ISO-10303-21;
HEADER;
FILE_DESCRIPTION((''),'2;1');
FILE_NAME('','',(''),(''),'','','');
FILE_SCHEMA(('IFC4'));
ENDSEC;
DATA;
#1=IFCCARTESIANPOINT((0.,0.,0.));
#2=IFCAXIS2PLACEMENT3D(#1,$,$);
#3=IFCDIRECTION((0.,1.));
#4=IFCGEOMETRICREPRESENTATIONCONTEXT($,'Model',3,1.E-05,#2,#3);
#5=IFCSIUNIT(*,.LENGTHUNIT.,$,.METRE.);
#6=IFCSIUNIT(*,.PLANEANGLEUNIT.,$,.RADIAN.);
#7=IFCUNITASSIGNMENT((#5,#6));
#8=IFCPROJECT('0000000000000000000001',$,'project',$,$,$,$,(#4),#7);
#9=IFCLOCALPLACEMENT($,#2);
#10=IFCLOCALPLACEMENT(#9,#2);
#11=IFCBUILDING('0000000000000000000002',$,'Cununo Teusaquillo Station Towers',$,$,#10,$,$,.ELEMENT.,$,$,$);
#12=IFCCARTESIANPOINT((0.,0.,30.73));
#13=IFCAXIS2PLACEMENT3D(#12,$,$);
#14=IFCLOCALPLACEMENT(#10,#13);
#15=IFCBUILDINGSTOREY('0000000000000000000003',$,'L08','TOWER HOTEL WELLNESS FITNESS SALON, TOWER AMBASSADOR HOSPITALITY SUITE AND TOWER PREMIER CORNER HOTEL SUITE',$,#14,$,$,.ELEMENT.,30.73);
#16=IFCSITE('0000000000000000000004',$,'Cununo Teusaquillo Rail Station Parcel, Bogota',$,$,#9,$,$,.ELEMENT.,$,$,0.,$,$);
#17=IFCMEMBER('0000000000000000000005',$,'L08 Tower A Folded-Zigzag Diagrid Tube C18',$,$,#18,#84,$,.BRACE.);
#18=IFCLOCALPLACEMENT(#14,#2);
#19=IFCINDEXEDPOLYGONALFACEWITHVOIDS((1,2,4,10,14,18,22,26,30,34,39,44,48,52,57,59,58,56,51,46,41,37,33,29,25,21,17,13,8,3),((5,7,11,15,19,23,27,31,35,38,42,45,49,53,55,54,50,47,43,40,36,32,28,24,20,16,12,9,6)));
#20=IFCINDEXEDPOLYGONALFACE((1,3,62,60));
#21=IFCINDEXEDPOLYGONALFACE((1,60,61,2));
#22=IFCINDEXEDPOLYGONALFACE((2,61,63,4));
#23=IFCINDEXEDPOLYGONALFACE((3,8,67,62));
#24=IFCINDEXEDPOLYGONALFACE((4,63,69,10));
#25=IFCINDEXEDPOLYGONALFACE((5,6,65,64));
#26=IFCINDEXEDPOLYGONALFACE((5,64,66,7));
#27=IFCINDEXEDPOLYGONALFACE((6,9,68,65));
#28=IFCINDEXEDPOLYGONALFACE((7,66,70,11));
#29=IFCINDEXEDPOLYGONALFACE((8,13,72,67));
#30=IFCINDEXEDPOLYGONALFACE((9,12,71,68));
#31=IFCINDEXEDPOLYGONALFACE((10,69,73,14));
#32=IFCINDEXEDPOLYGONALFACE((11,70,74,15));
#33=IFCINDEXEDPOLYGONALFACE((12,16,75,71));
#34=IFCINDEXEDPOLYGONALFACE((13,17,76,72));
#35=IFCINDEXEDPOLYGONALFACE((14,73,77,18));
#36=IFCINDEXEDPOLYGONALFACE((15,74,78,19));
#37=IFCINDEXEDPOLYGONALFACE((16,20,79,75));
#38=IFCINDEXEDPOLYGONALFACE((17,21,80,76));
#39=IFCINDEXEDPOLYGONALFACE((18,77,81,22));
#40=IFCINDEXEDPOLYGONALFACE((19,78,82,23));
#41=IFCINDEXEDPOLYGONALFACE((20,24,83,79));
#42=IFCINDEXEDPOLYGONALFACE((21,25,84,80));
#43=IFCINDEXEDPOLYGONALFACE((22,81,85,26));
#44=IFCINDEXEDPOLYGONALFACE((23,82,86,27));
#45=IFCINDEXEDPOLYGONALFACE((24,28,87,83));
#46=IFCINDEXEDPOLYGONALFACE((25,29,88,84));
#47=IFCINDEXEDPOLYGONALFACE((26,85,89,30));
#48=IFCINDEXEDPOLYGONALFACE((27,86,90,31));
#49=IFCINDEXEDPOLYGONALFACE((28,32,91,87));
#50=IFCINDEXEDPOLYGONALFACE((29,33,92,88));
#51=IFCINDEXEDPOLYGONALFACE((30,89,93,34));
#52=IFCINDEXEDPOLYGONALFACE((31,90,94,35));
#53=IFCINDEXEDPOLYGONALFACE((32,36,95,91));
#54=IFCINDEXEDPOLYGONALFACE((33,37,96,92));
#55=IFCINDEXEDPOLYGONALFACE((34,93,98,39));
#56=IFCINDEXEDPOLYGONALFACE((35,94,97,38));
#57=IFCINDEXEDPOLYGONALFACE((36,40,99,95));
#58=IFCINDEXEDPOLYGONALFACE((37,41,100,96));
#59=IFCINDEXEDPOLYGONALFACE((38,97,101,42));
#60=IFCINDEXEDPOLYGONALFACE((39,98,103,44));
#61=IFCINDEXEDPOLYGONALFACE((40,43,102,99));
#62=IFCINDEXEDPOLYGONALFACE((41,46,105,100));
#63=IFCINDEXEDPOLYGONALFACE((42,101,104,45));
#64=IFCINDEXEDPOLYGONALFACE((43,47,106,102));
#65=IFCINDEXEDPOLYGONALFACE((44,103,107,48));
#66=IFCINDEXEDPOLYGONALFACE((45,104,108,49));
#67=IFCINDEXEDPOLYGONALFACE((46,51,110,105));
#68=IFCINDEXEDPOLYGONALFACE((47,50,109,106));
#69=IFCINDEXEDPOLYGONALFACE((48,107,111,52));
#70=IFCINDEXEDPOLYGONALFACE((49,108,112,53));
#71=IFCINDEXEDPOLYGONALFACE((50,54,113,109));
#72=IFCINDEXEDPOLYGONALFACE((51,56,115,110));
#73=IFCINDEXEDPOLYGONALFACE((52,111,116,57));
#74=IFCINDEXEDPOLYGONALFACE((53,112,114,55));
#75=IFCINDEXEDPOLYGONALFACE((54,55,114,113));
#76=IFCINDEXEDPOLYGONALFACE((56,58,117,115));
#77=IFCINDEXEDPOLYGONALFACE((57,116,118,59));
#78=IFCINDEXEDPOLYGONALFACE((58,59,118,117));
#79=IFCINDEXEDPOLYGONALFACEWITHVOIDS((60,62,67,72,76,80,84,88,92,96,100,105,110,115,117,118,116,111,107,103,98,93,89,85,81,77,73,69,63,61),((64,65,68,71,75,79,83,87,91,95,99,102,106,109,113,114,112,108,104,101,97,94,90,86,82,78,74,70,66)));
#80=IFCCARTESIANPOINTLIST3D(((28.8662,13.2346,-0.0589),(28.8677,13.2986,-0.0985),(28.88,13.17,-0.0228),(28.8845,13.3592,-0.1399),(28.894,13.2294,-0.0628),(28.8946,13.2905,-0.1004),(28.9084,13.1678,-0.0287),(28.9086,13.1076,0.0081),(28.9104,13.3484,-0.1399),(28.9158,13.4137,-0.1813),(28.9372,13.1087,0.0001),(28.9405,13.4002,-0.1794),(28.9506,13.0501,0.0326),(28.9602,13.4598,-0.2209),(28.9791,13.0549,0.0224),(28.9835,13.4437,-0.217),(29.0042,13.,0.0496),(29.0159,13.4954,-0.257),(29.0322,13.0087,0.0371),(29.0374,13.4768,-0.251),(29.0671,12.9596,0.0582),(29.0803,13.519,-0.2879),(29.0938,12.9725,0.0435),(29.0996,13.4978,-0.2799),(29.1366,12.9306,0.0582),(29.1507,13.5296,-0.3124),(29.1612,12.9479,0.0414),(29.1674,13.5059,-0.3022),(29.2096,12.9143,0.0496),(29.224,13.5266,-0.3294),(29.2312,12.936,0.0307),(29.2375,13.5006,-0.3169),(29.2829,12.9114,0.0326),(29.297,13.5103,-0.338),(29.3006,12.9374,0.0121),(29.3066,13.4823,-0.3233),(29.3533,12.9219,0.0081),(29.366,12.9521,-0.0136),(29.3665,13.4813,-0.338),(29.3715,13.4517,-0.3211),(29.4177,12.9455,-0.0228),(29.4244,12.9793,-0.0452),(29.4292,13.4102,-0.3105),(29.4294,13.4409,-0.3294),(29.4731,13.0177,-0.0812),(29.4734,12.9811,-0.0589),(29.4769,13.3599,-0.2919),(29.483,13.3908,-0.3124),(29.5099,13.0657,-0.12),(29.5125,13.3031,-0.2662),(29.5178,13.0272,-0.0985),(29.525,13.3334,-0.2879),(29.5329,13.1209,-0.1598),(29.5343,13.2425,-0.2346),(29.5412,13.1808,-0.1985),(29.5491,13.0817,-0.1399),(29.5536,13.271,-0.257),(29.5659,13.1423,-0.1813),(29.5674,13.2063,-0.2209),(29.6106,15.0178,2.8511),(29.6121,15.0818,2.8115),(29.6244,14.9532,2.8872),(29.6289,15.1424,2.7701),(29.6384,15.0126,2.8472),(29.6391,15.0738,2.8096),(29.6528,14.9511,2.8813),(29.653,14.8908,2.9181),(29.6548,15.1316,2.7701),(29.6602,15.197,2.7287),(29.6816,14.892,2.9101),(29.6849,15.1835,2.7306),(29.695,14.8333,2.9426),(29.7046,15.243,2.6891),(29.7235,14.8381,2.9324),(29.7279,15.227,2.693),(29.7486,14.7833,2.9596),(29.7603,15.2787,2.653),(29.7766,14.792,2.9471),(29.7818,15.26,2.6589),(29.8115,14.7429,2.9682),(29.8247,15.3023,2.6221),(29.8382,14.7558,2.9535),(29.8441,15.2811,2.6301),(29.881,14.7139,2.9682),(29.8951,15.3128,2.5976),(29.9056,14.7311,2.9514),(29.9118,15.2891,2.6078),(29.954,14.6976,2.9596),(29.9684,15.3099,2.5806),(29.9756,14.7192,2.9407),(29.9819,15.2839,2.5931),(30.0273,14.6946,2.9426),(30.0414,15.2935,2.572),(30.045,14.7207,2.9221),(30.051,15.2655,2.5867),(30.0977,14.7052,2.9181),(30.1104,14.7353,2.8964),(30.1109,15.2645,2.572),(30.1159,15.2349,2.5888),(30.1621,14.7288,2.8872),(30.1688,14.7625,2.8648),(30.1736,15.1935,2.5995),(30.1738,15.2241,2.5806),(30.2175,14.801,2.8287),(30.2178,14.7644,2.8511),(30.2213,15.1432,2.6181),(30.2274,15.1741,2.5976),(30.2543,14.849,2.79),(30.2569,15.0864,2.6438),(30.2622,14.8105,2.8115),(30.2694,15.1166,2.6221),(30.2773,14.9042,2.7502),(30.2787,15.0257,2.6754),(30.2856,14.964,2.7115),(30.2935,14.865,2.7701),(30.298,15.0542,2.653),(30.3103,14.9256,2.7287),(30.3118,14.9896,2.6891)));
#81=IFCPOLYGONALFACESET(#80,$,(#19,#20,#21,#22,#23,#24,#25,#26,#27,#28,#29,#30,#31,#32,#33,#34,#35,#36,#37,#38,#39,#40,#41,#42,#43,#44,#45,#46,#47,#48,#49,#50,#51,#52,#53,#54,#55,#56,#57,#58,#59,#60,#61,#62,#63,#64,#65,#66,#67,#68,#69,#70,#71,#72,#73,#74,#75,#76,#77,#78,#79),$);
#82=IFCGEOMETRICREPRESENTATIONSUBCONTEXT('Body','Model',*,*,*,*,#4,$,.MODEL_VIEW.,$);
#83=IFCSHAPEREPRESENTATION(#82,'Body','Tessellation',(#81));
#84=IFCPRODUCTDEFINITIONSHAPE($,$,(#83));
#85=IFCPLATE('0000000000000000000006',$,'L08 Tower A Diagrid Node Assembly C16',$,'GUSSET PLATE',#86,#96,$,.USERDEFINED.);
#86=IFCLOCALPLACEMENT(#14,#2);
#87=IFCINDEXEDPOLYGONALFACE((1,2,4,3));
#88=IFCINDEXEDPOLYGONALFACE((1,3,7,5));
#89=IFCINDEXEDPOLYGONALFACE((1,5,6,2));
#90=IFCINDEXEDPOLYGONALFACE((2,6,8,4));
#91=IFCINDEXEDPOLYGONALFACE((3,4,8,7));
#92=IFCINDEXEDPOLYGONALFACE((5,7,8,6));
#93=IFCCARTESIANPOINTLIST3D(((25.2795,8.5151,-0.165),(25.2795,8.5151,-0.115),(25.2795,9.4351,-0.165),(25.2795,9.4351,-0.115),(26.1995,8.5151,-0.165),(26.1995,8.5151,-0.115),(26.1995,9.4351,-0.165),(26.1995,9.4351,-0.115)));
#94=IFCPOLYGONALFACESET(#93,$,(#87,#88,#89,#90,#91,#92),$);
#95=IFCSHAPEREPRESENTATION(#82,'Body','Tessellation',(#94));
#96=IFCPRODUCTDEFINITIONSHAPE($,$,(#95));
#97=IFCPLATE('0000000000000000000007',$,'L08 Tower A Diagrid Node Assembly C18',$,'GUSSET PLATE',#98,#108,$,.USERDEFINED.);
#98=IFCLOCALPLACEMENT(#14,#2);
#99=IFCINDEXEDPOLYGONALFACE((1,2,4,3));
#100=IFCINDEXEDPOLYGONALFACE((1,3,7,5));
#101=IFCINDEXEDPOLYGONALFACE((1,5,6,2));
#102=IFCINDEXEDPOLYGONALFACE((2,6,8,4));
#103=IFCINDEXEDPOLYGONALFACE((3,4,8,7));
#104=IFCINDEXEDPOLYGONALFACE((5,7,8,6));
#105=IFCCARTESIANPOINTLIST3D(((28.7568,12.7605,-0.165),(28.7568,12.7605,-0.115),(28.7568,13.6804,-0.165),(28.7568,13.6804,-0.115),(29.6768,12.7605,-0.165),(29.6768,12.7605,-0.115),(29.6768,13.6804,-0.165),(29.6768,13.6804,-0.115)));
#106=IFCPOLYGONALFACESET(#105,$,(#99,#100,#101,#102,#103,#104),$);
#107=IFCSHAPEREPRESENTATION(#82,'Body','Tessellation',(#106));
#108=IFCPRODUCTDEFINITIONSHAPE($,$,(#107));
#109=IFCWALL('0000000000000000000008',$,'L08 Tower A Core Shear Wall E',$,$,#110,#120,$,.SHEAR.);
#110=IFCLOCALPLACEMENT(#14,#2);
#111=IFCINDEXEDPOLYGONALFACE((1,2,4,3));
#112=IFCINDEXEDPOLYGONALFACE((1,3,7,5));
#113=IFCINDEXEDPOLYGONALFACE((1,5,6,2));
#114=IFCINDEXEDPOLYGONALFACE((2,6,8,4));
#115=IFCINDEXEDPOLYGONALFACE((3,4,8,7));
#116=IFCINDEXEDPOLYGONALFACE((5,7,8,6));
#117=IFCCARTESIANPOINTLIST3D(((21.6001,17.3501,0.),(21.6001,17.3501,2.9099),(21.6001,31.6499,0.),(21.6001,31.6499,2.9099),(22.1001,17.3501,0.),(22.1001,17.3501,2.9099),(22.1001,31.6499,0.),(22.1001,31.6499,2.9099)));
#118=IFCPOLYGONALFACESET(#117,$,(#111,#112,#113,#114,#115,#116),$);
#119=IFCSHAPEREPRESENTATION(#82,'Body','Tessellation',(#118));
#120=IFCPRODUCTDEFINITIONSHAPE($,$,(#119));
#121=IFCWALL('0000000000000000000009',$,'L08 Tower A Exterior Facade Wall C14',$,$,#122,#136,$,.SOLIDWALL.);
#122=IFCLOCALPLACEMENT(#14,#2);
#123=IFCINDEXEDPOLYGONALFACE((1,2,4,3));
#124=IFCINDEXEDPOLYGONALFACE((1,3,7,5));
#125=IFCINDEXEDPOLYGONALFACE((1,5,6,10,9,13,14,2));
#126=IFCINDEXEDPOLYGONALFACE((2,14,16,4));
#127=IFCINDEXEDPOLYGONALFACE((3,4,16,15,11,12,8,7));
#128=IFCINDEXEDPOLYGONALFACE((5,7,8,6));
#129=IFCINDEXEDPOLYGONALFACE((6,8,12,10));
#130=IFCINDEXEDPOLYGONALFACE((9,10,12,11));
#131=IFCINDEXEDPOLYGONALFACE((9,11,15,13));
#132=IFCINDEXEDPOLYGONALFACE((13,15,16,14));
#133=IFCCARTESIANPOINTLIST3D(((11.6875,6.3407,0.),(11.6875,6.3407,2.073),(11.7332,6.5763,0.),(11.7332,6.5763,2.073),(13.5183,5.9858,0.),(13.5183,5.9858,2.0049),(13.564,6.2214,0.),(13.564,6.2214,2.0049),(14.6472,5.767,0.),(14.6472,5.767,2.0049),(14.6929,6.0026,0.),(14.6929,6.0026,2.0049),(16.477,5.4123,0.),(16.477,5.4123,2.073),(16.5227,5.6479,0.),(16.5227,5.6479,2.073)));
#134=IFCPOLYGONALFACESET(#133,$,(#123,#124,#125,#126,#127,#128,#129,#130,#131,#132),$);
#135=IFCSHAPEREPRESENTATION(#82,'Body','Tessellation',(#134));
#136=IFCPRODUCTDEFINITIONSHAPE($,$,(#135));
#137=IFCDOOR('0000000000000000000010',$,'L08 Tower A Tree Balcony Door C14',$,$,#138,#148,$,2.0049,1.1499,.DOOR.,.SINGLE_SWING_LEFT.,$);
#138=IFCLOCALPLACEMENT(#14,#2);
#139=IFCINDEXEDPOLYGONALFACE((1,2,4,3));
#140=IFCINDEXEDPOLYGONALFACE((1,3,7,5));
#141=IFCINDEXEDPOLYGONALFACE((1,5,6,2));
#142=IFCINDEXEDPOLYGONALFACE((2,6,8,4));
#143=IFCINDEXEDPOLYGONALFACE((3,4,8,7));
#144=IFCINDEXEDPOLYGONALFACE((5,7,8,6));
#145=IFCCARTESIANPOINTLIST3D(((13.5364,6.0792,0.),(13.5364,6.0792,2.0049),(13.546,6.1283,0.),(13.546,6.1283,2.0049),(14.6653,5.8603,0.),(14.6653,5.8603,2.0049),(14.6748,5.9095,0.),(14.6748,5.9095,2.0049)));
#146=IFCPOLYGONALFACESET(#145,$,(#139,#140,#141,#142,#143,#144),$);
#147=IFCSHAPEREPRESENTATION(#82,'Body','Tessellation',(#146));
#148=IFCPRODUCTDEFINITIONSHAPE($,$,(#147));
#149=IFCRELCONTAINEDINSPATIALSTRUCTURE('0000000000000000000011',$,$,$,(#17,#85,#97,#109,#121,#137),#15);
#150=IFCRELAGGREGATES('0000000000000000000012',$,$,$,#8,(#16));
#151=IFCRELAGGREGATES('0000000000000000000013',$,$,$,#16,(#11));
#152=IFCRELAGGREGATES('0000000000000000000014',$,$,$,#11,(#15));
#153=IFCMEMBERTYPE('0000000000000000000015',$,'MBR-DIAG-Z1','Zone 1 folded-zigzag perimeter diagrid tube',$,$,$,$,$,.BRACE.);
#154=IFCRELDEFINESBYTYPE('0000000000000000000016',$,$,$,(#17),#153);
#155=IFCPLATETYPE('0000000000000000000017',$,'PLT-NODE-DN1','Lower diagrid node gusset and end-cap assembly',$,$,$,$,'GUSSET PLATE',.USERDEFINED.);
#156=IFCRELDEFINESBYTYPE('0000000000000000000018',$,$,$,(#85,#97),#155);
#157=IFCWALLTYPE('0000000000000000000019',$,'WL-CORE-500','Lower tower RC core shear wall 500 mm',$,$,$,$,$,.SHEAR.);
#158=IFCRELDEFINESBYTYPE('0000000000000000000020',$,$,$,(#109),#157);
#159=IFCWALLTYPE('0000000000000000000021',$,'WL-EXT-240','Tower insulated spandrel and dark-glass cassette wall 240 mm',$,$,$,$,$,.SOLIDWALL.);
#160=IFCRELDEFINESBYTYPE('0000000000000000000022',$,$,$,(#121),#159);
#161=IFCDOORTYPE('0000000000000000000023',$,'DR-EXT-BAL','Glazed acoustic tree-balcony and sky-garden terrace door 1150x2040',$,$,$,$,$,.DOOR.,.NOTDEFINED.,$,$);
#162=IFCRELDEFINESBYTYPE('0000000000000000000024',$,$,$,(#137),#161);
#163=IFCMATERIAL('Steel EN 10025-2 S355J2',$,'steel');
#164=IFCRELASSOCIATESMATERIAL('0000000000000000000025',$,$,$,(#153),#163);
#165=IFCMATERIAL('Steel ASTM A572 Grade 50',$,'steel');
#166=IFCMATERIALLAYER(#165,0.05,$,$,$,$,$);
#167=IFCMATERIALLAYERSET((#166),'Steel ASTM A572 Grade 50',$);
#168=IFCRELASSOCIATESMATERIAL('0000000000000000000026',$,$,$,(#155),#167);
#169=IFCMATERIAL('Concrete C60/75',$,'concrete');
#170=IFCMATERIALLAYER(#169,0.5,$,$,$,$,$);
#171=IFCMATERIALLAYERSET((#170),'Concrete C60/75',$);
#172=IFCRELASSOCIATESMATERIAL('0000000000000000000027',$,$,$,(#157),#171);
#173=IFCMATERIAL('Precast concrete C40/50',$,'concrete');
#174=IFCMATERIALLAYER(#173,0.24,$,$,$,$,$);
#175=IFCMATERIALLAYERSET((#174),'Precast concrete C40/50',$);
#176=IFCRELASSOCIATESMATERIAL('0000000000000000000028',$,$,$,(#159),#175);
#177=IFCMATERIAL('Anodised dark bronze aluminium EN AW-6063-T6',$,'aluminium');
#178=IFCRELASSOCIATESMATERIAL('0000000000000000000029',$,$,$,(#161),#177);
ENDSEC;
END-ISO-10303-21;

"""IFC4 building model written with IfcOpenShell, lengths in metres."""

from ifc_helpers import new_model, si_unit, direction, frame, frame_2d, origin, origin_2d, place, context, subcontext, project, spatial, rectangle, hollow_circle, extrude, source, transform, mapped, material, layer, layer_set, material_profile, profile_set, type_object, element, fill, save


model = new_model("IFC4")

# Units and contexts
model_context = context("Model", 3, precision=1e-05, world=origin(), true_north=direction((0.0, 1.0)))
body_context = subcontext(model_context, "Body", "Model", "MODEL_VIEW")
ifc_project = project(units=[si_unit("LENGTHUNIT", "METRE"), si_unit("PLANEANGLEUNIT", "RADIAN")], contexts=[model_context])

# Site, building, storey
site_placement = place(None, origin())
site = spatial("IfcSite", under=ifc_project, at=site_placement, Name="Cununo Teusaquillo Rail Station Parcel, Bogota", CompositionType="ELEMENT", RefElevation=0.0)
building_placement = place(site_placement, origin())
building = spatial("IfcBuilding", under=site, at=building_placement, Name="Cununo Teusaquillo Station Towers", CompositionType="ELEMENT")
storey_placement = place(building_placement, frame((0.0, 0.0, 30.73)))
storey = spatial("IfcBuildingStorey", under=building, at=storey_placement, Name="L08", Description="TOWER HOTEL WELLNESS FITNESS SALON, TOWER AMBASSADOR HOSPITALITY SUITE AND TOWER PREMIER CORNER HOTEL SUITE", CompositionType="ELEMENT", Elevation=30.73)

# Member
ifc_material_1 = material(Name="Steel EN 10025-2 S355J2", Category="steel")
ifc_material_profile_1 = material_profile(ifc_material_1, hollow_circle(Radius=0.3601, WallThickness=0.0281, at=origin_2d()), Name="CHS 720x28")
ifc_profile_set_1 = profile_set([ifc_material_profile_1], Name="Steel EN 10025-2 S355J2")
member_type = type_object("IfcMemberType", Name="MBR-DIAG-Z1", Description="Zone 1 folded-zigzag perimeter diagrid tube", PredefinedType="BRACE", material=ifc_profile_set_1)
member_1_placement = place(storey_placement, frame((29.2168, 13.2205, -0.1399), z_axis=(0.213104, 0.510498, 0.833054), x_axis=(-0.922823, 0.385225, 0.0)))
element("IfcMember", 1, at=member_1_placement, inside=storey, type_object=member_type, Name="L08 Tower A Folded-Zigzag Diagrid Tube C18", PredefinedType="BRACE", context=body_context, shape_type="SweptSolid", body=[
    extrude(hollow_circle(Radius=0.3601, WallThickness=0.0281, at=origin_2d()), origin(), (0.0, 0.0, 1.0), 3.4932),
])

# Plates
ifc_material_2 = material(Name="Steel ASTM A572 Grade 50", Category="steel")
ifc_layer_1 = layer(ifc_material_2, 0.05)
ifc_layer_set_1 = layer_set([ifc_layer_1], Name="Steel ASTM A572 Grade 50")
plate_type = type_object("IfcPlateType", Name="PLT-NODE-DN1", Description="Lower diagrid node gusset and end-cap assembly", ElementType="GUSSET PLATE", PredefinedType="USERDEFINED", material=ifc_layer_set_1)
shared_shape_1 = source(origin(), body_context, "Body", "SweptSolid", [
    extrude(rectangle(XDim=0.9199, YDim=0.9199, at=origin_2d()), origin(), (0.0, 0.0, 1.0), 0.05),
])
for number, where, z_axis, x_axis, name in (
    (2, (25.7395, 8.9751, -0.165), (0.0, 0.0, 1.0), (1.0, 0.0, 0.0), "L08 Tower A Diagrid Node Assembly C16"),
    (3, (29.2168, 13.2205, -0.165), (0.0, 0.0, 1.0), (1.0, 0.0, 0.0), "L08 Tower A Diagrid Node Assembly C18"),
):
    element("IfcPlate", number, at=place(storey_placement, frame(where, z_axis=z_axis, x_axis=x_axis)), inside=storey, type_object=plate_type, Name=name, ObjectType="GUSSET PLATE", PredefinedType="USERDEFINED", context=body_context, shape_type="MappedRepresentation", body=[
        mapped(shared_shape_1, transform((0.0, 0.0, 0.0), x_axis=(1.0, 0.0, 0.0), y_axis=(0.0, 1.0, 0.0), z_axis=(0.0, 0.0, 1.0), scale=1.0)),
    ])

# Wall
ifc_material_3 = material(Name="Concrete C60/75", Category="concrete")
ifc_layer_2 = layer(ifc_material_3, 0.5)
ifc_layer_set_2 = layer_set([ifc_layer_2], Name="Concrete C60/75")
wall_type_1 = type_object("IfcWallType", Name="WL-CORE-500", Description="Lower tower RC core shear wall 500 mm", PredefinedType="SHEAR", material=ifc_layer_set_2)
wall_1_placement = place(storey_placement, frame((21.8501, 17.3501, 0.0), z_axis=(0.0, 0.0, 1.0), x_axis=(0.0, 1.0, 0.0)))
element("IfcWall", 4, at=wall_1_placement, inside=storey, type_object=wall_type_1, Name="L08 Tower A Core Shear Wall E", PredefinedType="SHEAR", context=body_context, shape_type="SweptSolid", body=[
    extrude(rectangle(XDim=14.2998, YDim=0.5, at=frame_2d((7.1499, 0.0))), origin(), (0.0, 0.0, 1.0), 2.9099),
])

# Wall, opening, door
ifc_material_4 = material(Name="Precast concrete C40/50", Category="concrete")
ifc_layer_3 = layer(ifc_material_4, 0.24)
ifc_layer_set_3 = layer_set([ifc_layer_3], Name="Precast concrete C40/50")
wall_type_2 = type_object("IfcWallType", Name="WL-EXT-240", Description="Tower insulated spandrel and dark-glass cassette wall 240 mm", PredefinedType="SOLIDWALL", material=ifc_layer_set_3)
wall_2_placement = place(storey_placement, frame((16.5, 5.53, 0.0), z_axis=(0.0, 0.0, 1.0), x_axis=(-0.981724, 0.19031, 0.0)))
wall_2 = element("IfcWall", 5, at=wall_2_placement, inside=storey, type_object=wall_type_2, Name="L08 Tower A Exterior Facade Wall C14", PredefinedType="SOLIDWALL", context=body_context, shape_type="SweptSolid", body=[
    extrude(rectangle(XDim=4.8787, YDim=0.24, at=frame_2d((2.4395, 0.0))), origin(), (0.0, 0.0, 1.0), 2.073),
])
shared_shape_2 = source(origin(), body_context, "Body", "SweptSolid", [
    extrude(rectangle(XDim=1.1499, YDim=2.0049, at=frame_2d((0.575, 1.0024))), frame((0.0, 0.1299, 0.0), z_axis=(0.0, -1.0, 0.0), x_axis=(1.0, 0.0, 0.0)), (0.0, 0.0, 1.0), 0.26),
])
opening_1_placement = place(wall_2_placement, frame((1.864, 0.0, 0.0)))
opening_1 = element("IfcOpeningElement", 6, at=opening_1_placement, cuts=wall_2, PredefinedType="OPENING", context=body_context, shape_type="MappedRepresentation", body=[
    mapped(shared_shape_2, transform((0.0, 0.0, 0.0), x_axis=(1.0, 0.0, 0.0), y_axis=(0.0, 1.0, 0.0), z_axis=(0.0, 0.0, 1.0), scale=1.0)),
])
ifc_material_5 = material(Name="Anodised dark bronze aluminium EN AW-6063-T6", Category="aluminium")
door_type_1 = type_object("IfcDoorType", Name="DR-EXT-BAL", Description="Glazed acoustic tree-balcony and sky-garden terrace door 1150x2040", OperationType="NOTDEFINED", PredefinedType="DOOR", material=ifc_material_5)
shared_shape_3 = source(origin(), body_context, "Body", "SweptSolid", [
    extrude(rectangle(XDim=1.1499, YDim=2.0049, at=frame_2d((0.575, 1.0024))), frame((0.0, 0.0249, 0.0), z_axis=(0.0, -1.0, 0.0), x_axis=(1.0, 0.0, 0.0)), (0.0, 0.0, 1.0), 0.05),
])
door_1_placement = place(opening_1_placement, origin())
door_1 = element("IfcDoor", 7, at=door_1_placement, inside=storey, type_object=door_type_1, Name="L08 Tower A Tree Balcony Door C14", OperationType="SINGLE_SWING_LEFT", OverallHeight=2.0049, OverallWidth=1.1499, PredefinedType="DOOR", context=body_context, shape_type="MappedRepresentation", body=[
    mapped(shared_shape_3, transform((0.0, 0.0, 0.0), x_axis=(1.0, 0.0, 0.0), y_axis=(0.0, 1.0, 0.0), z_axis=(0.0, 0.0, 1.0), scale=1.0)),
])
fill(opening_1, door_1)

save(model, "model.ifc")
